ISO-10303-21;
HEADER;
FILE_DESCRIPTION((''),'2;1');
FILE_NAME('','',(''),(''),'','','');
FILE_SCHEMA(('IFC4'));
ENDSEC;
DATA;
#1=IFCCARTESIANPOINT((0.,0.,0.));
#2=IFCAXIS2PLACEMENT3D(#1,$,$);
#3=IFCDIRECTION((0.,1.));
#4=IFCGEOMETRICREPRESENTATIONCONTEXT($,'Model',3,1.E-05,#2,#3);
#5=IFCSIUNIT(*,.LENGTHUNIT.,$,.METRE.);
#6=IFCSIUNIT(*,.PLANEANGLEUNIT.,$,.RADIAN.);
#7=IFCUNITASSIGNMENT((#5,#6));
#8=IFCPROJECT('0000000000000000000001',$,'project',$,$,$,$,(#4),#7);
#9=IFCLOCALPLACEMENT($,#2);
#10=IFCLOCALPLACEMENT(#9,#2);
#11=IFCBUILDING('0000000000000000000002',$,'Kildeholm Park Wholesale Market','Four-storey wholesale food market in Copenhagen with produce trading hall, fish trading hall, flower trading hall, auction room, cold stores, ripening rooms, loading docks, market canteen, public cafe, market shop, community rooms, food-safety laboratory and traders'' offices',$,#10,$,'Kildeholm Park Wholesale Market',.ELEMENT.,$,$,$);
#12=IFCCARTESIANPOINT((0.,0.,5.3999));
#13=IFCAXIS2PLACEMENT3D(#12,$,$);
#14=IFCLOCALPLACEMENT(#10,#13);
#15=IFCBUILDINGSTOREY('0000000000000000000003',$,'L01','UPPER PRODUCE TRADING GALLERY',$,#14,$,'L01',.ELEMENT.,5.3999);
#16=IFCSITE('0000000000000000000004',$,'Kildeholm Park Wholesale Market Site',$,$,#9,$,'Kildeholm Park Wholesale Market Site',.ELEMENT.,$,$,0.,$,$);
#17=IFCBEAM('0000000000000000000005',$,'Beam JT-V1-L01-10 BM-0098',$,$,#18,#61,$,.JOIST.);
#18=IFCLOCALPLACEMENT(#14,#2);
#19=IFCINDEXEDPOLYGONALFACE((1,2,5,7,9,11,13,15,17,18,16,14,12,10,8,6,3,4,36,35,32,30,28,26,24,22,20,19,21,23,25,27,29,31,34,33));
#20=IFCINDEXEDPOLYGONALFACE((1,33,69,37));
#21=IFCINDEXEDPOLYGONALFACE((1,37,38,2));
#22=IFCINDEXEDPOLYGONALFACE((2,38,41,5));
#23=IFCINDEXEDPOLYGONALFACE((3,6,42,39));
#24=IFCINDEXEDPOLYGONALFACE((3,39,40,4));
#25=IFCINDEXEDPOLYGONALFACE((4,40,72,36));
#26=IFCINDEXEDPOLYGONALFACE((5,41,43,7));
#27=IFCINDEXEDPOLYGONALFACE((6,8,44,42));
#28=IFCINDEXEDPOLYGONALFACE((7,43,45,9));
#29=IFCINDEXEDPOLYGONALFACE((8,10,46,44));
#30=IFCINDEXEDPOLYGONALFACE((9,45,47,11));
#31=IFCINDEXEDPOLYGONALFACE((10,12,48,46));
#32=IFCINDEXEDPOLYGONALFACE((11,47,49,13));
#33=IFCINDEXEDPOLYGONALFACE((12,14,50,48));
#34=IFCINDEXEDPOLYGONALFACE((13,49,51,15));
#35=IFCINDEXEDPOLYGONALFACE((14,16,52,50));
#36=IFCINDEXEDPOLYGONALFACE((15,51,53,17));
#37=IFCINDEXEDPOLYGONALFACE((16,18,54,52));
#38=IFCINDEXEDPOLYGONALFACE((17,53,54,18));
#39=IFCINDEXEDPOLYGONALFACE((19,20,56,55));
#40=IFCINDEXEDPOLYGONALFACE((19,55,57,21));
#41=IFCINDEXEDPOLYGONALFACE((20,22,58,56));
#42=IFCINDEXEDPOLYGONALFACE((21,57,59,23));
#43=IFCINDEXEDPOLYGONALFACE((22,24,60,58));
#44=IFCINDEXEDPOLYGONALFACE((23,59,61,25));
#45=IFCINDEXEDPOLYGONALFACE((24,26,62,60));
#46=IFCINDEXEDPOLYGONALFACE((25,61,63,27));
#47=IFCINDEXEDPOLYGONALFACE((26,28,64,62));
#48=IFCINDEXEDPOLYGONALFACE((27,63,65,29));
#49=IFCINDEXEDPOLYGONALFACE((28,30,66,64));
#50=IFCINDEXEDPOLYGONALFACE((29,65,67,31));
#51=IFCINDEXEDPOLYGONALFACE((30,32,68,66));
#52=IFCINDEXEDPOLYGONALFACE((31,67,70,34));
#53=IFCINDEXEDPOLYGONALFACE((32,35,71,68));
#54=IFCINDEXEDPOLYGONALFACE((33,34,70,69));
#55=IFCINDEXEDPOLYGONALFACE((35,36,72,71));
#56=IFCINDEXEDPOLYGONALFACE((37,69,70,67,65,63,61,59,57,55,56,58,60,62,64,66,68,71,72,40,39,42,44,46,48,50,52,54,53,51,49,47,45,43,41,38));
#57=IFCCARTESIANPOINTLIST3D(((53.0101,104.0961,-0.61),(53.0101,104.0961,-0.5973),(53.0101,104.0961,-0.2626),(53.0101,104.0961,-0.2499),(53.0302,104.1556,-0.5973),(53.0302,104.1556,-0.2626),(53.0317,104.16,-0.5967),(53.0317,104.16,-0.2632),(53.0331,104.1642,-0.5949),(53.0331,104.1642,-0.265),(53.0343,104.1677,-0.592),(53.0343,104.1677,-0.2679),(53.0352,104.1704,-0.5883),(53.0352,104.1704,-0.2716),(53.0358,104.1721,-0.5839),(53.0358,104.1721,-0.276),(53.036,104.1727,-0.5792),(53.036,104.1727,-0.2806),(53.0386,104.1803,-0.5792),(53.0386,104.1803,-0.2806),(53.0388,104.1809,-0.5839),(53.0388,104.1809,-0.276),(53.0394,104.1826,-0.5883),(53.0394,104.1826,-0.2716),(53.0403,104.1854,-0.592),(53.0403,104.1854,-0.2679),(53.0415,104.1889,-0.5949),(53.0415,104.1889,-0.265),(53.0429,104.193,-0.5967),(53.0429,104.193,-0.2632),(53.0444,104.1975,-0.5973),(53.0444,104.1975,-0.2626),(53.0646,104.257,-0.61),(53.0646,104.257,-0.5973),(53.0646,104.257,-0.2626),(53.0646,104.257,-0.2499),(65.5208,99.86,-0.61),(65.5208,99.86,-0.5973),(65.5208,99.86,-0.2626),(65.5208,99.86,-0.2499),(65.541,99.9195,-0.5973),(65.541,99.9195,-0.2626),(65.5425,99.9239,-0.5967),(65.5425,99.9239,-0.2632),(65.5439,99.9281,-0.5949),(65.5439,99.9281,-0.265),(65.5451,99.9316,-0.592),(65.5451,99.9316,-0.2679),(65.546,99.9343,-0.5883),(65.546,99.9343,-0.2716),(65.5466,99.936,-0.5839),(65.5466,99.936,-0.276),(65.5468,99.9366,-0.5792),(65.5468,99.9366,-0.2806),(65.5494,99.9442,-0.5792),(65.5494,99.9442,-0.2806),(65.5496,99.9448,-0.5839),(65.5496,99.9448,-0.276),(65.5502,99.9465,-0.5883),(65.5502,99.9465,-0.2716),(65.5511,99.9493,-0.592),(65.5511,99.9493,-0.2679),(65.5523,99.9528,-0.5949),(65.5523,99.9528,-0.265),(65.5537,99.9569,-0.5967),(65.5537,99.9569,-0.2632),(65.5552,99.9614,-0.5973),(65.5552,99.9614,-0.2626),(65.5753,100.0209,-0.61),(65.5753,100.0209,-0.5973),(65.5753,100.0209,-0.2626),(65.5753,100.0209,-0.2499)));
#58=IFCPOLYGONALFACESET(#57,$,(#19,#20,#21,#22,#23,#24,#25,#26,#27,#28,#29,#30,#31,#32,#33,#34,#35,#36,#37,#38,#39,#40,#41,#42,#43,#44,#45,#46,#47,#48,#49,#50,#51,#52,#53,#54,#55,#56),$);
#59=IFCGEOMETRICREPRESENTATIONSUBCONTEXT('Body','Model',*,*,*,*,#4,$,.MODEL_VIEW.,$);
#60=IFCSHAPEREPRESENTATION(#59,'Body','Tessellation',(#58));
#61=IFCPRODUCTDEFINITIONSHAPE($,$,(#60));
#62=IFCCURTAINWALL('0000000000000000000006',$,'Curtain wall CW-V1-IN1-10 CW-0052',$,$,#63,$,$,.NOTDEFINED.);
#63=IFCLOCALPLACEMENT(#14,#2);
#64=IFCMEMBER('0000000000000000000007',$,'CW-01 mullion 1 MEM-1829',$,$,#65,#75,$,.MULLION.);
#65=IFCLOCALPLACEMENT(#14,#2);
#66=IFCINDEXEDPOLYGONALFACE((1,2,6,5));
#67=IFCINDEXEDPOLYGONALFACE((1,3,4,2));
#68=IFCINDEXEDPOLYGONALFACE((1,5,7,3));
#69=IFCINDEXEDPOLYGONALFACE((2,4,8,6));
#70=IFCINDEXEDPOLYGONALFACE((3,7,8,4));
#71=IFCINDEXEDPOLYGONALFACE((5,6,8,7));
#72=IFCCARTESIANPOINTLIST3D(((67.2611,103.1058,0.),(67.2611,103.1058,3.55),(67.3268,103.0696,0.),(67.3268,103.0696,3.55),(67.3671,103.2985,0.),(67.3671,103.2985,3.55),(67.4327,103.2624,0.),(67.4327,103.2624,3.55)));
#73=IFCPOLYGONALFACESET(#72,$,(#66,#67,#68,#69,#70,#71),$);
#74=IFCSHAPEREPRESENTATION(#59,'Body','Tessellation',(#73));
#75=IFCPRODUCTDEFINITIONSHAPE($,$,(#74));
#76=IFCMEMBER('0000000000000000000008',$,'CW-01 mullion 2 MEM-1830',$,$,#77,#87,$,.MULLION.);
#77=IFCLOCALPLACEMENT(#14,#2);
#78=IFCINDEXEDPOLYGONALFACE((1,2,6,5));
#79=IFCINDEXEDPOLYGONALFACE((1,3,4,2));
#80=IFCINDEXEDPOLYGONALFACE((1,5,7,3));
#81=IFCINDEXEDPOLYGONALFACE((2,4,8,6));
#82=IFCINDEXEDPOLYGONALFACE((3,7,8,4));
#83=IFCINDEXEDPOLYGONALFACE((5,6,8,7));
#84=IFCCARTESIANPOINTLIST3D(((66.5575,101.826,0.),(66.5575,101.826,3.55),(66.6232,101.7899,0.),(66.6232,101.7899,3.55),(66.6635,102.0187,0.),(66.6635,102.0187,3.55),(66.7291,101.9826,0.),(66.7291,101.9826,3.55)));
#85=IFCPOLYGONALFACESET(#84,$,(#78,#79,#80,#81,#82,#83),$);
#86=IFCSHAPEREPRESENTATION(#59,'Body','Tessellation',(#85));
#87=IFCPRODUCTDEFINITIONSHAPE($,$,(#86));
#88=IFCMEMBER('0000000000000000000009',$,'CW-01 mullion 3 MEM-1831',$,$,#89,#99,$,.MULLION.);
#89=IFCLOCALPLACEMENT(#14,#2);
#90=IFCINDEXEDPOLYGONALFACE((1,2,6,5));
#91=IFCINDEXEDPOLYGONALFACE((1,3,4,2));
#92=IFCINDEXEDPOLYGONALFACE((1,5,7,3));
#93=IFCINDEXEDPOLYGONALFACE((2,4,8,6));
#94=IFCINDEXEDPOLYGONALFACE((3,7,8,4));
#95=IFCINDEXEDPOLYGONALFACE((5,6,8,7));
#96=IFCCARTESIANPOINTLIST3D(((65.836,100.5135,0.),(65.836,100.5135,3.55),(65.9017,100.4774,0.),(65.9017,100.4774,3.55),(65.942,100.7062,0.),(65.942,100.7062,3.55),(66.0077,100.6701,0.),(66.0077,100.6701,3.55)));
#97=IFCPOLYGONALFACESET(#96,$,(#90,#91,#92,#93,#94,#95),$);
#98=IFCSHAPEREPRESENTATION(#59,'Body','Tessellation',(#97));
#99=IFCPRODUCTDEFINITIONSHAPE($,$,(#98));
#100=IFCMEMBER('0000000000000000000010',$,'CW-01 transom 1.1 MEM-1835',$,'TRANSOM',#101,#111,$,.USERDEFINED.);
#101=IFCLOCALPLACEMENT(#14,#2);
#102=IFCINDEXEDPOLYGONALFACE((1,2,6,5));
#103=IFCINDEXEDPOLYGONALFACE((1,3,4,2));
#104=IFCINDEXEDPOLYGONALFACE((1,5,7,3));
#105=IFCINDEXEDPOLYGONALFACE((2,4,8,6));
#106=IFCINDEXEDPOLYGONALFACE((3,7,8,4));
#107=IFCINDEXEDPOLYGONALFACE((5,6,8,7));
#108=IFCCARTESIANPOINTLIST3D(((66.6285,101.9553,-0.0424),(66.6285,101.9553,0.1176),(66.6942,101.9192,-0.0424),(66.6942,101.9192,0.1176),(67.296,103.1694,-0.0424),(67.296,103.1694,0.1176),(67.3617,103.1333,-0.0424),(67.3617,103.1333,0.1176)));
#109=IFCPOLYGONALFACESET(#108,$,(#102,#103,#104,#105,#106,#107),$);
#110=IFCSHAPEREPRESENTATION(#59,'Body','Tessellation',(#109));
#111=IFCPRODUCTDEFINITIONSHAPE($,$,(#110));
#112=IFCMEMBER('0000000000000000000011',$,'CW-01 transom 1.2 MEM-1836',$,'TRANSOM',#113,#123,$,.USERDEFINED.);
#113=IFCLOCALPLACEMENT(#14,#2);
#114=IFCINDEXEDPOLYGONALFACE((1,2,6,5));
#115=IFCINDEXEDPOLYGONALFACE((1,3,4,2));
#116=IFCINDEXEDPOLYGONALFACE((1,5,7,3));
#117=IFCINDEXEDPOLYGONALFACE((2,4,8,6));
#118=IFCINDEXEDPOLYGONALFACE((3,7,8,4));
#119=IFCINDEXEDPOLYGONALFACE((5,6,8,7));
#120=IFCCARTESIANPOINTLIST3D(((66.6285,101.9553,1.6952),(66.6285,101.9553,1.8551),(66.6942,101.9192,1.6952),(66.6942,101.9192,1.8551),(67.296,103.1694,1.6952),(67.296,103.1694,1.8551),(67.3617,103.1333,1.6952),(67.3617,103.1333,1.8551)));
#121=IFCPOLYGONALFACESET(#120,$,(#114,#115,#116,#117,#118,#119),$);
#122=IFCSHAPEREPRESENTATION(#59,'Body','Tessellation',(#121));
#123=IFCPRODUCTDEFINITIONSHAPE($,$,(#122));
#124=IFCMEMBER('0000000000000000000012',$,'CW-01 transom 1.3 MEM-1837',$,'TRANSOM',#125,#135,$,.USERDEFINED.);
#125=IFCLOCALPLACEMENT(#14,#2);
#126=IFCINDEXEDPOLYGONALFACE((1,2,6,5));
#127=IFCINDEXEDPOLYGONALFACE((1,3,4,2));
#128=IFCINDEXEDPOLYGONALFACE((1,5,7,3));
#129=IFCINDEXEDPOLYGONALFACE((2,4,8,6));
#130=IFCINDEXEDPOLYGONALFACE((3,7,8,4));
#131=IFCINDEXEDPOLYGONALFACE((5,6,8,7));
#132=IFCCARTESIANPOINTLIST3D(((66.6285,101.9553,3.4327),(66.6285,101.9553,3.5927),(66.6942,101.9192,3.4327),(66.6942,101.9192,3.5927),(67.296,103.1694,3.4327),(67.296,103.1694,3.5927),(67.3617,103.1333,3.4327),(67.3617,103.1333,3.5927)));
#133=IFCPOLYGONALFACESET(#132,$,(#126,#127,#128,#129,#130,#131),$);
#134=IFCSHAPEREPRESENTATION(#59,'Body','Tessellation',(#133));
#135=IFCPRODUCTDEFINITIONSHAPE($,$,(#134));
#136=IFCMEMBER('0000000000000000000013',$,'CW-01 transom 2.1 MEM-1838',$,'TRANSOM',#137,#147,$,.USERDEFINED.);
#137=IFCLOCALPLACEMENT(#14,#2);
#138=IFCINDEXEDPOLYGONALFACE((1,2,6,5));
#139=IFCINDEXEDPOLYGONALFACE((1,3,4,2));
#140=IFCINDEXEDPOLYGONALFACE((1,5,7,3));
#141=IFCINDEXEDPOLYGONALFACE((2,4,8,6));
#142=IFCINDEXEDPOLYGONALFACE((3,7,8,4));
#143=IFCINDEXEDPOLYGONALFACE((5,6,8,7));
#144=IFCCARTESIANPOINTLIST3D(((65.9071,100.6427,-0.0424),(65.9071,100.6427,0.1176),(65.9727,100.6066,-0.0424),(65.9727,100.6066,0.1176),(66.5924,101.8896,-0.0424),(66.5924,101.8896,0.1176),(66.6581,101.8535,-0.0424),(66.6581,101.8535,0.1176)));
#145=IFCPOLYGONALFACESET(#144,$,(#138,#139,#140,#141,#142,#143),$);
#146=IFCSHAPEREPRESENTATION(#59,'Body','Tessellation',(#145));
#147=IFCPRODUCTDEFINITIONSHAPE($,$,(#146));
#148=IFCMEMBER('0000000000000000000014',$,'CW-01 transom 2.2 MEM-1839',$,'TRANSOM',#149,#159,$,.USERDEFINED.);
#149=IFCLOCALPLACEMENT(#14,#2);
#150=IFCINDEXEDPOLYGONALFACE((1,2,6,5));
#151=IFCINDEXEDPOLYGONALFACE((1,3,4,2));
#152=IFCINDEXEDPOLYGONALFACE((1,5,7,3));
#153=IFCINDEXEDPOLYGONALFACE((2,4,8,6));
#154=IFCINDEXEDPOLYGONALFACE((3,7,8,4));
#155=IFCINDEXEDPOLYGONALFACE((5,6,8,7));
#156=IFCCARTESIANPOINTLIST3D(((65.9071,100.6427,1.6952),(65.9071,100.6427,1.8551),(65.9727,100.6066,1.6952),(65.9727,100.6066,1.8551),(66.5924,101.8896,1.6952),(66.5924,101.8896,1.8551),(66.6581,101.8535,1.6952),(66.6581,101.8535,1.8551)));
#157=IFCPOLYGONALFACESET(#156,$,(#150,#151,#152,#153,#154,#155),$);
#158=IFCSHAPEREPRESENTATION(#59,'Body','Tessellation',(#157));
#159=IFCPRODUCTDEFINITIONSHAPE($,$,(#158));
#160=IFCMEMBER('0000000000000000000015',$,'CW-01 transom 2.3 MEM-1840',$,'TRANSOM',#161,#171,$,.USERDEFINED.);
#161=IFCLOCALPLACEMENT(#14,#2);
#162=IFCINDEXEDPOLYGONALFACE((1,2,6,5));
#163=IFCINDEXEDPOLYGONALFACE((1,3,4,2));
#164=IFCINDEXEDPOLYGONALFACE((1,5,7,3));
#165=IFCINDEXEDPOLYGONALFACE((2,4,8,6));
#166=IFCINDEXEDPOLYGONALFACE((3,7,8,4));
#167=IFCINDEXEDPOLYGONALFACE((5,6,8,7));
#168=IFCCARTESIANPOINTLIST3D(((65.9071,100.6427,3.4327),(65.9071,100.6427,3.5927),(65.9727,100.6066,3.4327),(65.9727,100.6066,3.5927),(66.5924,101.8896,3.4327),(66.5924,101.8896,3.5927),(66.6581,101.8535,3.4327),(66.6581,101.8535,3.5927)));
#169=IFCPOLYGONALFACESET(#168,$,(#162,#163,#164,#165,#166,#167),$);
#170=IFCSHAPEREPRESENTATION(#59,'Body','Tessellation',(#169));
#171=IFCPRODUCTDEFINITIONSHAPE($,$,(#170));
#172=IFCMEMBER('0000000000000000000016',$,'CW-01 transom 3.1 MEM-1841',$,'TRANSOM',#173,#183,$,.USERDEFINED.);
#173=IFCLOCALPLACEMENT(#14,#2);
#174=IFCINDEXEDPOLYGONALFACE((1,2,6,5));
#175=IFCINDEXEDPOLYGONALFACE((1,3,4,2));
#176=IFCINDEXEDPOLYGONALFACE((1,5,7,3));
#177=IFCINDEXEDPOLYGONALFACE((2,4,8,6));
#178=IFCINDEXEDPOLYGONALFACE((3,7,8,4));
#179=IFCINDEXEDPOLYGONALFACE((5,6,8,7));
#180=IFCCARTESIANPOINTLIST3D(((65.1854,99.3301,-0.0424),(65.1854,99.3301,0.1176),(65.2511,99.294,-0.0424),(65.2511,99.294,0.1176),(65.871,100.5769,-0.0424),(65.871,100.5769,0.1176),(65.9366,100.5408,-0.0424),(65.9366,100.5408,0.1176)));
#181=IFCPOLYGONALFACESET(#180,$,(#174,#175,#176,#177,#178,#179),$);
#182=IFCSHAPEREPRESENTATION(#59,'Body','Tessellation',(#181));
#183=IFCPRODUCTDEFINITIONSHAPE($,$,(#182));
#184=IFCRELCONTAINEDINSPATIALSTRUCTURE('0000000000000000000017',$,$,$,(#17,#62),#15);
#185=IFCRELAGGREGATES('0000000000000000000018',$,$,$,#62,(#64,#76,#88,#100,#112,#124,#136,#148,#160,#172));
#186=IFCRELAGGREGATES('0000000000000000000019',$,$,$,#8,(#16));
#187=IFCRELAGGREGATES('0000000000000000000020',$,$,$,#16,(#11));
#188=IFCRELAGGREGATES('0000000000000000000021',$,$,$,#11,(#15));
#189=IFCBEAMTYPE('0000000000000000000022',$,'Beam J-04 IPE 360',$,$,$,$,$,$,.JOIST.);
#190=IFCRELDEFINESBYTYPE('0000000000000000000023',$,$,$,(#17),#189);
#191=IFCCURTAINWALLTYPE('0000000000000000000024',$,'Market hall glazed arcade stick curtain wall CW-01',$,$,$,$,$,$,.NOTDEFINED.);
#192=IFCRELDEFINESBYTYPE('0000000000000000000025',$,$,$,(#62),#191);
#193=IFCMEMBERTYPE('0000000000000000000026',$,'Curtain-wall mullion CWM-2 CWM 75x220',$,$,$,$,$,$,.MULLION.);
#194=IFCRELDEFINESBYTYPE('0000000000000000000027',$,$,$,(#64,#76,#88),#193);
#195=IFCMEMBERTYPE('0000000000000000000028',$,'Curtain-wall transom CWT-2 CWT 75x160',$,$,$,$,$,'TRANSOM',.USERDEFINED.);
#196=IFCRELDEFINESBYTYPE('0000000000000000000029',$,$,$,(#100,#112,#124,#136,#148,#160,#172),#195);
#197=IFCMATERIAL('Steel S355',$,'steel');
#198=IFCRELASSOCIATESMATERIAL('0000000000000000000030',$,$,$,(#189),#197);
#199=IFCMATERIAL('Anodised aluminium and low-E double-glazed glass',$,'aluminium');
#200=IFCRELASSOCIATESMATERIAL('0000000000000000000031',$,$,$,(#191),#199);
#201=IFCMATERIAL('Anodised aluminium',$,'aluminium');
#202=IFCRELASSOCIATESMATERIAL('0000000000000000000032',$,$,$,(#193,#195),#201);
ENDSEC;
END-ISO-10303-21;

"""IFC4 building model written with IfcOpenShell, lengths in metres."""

from ifc_helpers import new_model, si_unit, direction, frame, origin, origin_2d, place, context, subcontext, project, spatial, rectangle, i_section, extrude, material, material_profile, profile_set, type_object, element, aggregate, save


model = new_model("IFC4")

# Units and contexts
model_context = context("Model", 3, precision=1e-05, world=origin(), true_north=direction((0.0, 1.0)))
body_context = subcontext(model_context, "Body", "Model", "MODEL_VIEW")
ifc_project = project(units=[si_unit("LENGTHUNIT", "METRE"), si_unit("PLANEANGLEUNIT", "RADIAN")], contexts=[model_context])

# Site, building, storey
site_placement = place(None, origin())
site = spatial("IfcSite", under=ifc_project, at=site_placement, Name="Kildeholm Park Wholesale Market Site", LongName="Kildeholm Park Wholesale Market Site", CompositionType="ELEMENT", RefElevation=0.0)
building_placement = place(site_placement, origin())
building = spatial("IfcBuilding", under=site, at=building_placement, Name="Kildeholm Park Wholesale Market", Description="Four-storey wholesale food market in Copenhagen with produce trading hall, fish trading hall, flower trading hall, auction room, cold stores, ripening rooms, loading docks, market canteen, public cafe, market shop, community rooms, food-safety laboratory and traders' offices", LongName="Kildeholm Park Wholesale Market", CompositionType="ELEMENT")
storey_placement = place(building_placement, frame((0.0, 0.0, 5.3999)))
storey = spatial("IfcBuildingStorey", under=building, at=storey_placement, Name="L01", Description="UPPER PRODUCE TRADING GALLERY", LongName="L01", CompositionType="ELEMENT", Elevation=5.3999)

# Beam
ifc_material_1 = material(Name="Steel S355", Category="steel")
ifc_material_profile_1 = material_profile(ifc_material_1, i_section(OverallWidth=0.1699, OverallDepth=0.3601, WebThickness=0.0081, FlangeThickness=0.0127, FilletRadius=0.0181, at=origin_2d()), Name="IPE 360")
ifc_profile_set_1 = profile_set([ifc_material_profile_1], Name="Steel S355")
beam_type = type_object("IfcBeamType", Name="Beam J-04 IPE 360", PredefinedType="JOIST", material=ifc_profile_set_1)
beam_placement = place(storey_placement, frame((65.5481, 99.9404, -0.4299), z_axis=(-0.947177, 0.32071, 0.0), x_axis=(-0.32071, -0.947177, 0.0)))
element("IfcBeam", 1, at=beam_placement, inside=storey, type_object=beam_type, Name="Beam JT-V1-L01-10 BM-0098", PredefinedType="JOIST", context=body_context, shape_type="SweptSolid", body=[
    extrude(i_section(OverallWidth=0.1699, OverallDepth=0.3601, WebThickness=0.0081, FlangeThickness=0.0127, FilletRadius=0.0181, at=origin_2d()), origin(), (0.0, 0.0, 1.0), 13.2085),
])

# Curtain wall, members
ifc_material_2 = material(Name="Anodised aluminium and low-E double-glazed glass", Category="aluminium")
curtain_wall_type = type_object("IfcCurtainWallType", Name="Market hall glazed arcade stick curtain wall CW-01", PredefinedType="NOTDEFINED", material=ifc_material_2)
curtain_wall_placement = place(storey_placement, origin())
curtain_wall = element("IfcCurtainWall", 2, at=curtain_wall_placement, inside=storey, type_object=curtain_wall_type, Name="Curtain wall CW-V1-IN1-10 CW-0052", PredefinedType="NOTDEFINED")
ifc_material_3 = material(Name="Anodised aluminium", Category="aluminium")
ifc_material_profile_2 = material_profile(ifc_material_3, rectangle(XDim=0.075, YDim=0.22, at=origin_2d()), Name="CWM 75x220")
ifc_profile_set_2 = profile_set([ifc_material_profile_2], Name="Anodised aluminium")
member_type_1 = type_object("IfcMemberType", Name="Curtain-wall mullion CWM-2 CWM 75x220", PredefinedType="MULLION", material=ifc_profile_set_2)
member_1_placement = place(storey_placement, frame((67.3469, 103.1841, 0.0), z_axis=(0.0, 0.0, 1.0), x_axis=(0.876309, -0.48175, 0.0)))
member_1 = element("IfcMember", 3, at=member_1_placement, type_object=member_type_1, Name="CW-01 mullion 1 MEM-1829", PredefinedType="MULLION", context=body_context, shape_type="SweptSolid", body=[
    extrude(rectangle(XDim=0.075, YDim=0.22, at=origin_2d()), origin(), (0.0, 0.0, 1.0), 3.55),
])
member_2_placement = place(storey_placement, frame((66.6433, 101.9043, 0.0), z_axis=(0.0, 0.0, 1.0), x_axis=(0.876309, -0.48175, 0.0)))
member_2 = element("IfcMember", 4, at=member_2_placement, type_object=member_type_1, Name="CW-01 mullion 2 MEM-1830", PredefinedType="MULLION", context=body_context, shape_type="SweptSolid", body=[
    extrude(rectangle(XDim=0.075, YDim=0.22, at=origin_2d()), origin(), (0.0, 0.0, 1.0), 3.55),
])
member_3_placement = place(storey_placement, frame((65.9219, 100.5918, 0.0), z_axis=(0.0, 0.0, 1.0), x_axis=(0.876309, -0.48175, 0.0)))
member_3 = element("IfcMember", 5, at=member_3_placement, type_object=member_type_1, Name="CW-01 mullion 3 MEM-1831", PredefinedType="MULLION", context=body_context, shape_type="SweptSolid", body=[
    extrude(rectangle(XDim=0.075, YDim=0.22, at=origin_2d()), origin(), (0.0, 0.0, 1.0), 3.55),
])
ifc_material_profile_3 = material_profile(ifc_material_3, rectangle(XDim=0.075, YDim=0.1599, at=origin_2d()), Name="CWT 75x160")
ifc_profile_set_3 = profile_set([ifc_material_profile_3], Name="Anodised aluminium")
member_type_2 = type_object("IfcMemberType", Name="Curtain-wall transom CWT-2 CWT 75x160", ElementType="TRANSOM", PredefinedType="USERDEFINED", material=ifc_profile_set_3)
member_4_placement = place(storey_placement, frame((67.3289, 103.1514, 0.0376), z_axis=(-0.481763, -0.876301, 0.0), x_axis=(0.876301, -0.481763, 0.0)))
member_4 = element("IfcMember", 6, at=member_4_placement, type_object=member_type_2, Name="CW-01 transom 1.1 MEM-1835", ObjectType="TRANSOM", PredefinedType="USERDEFINED", context=body_context, shape_type="SweptSolid", body=[
    extrude(rectangle(XDim=0.075, YDim=0.1599, at=origin_2d()), origin(), (0.0, 0.0, 1.0), 1.3855),
])
member_5_placement = place(storey_placement, frame((67.3289, 103.1514, 1.7751), z_axis=(-0.481763, -0.876301, 0.0), x_axis=(0.876301, -0.481763, 0.0)))
member_5 = element("IfcMember", 7, at=member_5_placement, type_object=member_type_2, Name="CW-01 transom 1.2 MEM-1836", ObjectType="TRANSOM", PredefinedType="USERDEFINED", context=body_context, shape_type="SweptSolid", body=[
    extrude(rectangle(XDim=0.075, YDim=0.1599, at=origin_2d()), origin(), (0.0, 0.0, 1.0), 1.3855),
])
member_6_placement = place(storey_placement, frame((67.3289, 103.1514, 3.5127), z_axis=(-0.481763, -0.876301, 0.0), x_axis=(0.876301, -0.481763, 0.0)))
member_6 = element("IfcMember", 8, at=member_6_placement, type_object=member_type_2, Name="CW-01 transom 1.3 MEM-1837", ObjectType="TRANSOM", PredefinedType="USERDEFINED", context=body_context, shape_type="SweptSolid", body=[
    extrude(rectangle(XDim=0.075, YDim=0.1599, at=origin_2d()), origin(), (0.0, 0.0, 1.0), 1.3855),
])
member_7_placement = place(storey_placement, frame((66.6252, 101.8716, 0.0376), z_axis=(-0.481675, -0.87635, 0.0), x_axis=(0.87635, -0.481675, 0.0)))
member_7 = element("IfcMember", 9, at=member_7_placement, type_object=member_type_2, Name="CW-01 transom 2.1 MEM-1838", ObjectType="TRANSOM", PredefinedType="USERDEFINED", context=body_context, shape_type="SweptSolid", body=[
    extrude(rectangle(XDim=0.075, YDim=0.1599, at=origin_2d()), origin(), (0.0, 0.0, 1.0), 1.4229),
])
member_8_placement = place(storey_placement, frame((66.6252, 101.8716, 1.7751), z_axis=(-0.481675, -0.87635, 0.0), x_axis=(0.87635, -0.481675, 0.0)))
member_8 = element("IfcMember", 10, at=member_8_placement, type_object=member_type_2, Name="CW-01 transom 2.2 MEM-1839", ObjectType="TRANSOM", PredefinedType="USERDEFINED", context=body_context, shape_type="SweptSolid", body=[
    extrude(rectangle(XDim=0.075, YDim=0.1599, at=origin_2d()), origin(), (0.0, 0.0, 1.0), 1.4229),
])
member_9_placement = place(storey_placement, frame((66.6252, 101.8716, 3.5127), z_axis=(-0.481675, -0.87635, 0.0), x_axis=(0.87635, -0.481675, 0.0)))
member_9 = element("IfcMember", 11, at=member_9_placement, type_object=member_type_2, Name="CW-01 transom 2.3 MEM-1840", ObjectType="TRANSOM", PredefinedType="USERDEFINED", context=body_context, shape_type="SweptSolid", body=[
    extrude(rectangle(XDim=0.075, YDim=0.1599, at=origin_2d()), origin(), (0.0, 0.0, 1.0), 1.4229),
])
member_10_placement = place(storey_placement, frame((65.9038, 100.5588, 0.0376), z_axis=(-0.481807, -0.876277, 0.0), x_axis=(0.876277, -0.481807, 0.0)))
member_10 = element("IfcMember", 12, at=member_10_placement, type_object=member_type_2, Name="CW-01 transom 3.1 MEM-1841", ObjectType="TRANSOM", PredefinedType="USERDEFINED", context=body_context, shape_type="SweptSolid", body=[
    extrude(rectangle(XDim=0.075, YDim=0.1599, at=origin_2d()), origin(), (0.0, 0.0, 1.0), 1.4229),
])
aggregate(curtain_wall, [member_1, member_2, member_3, member_4, member_5, member_6, member_7, member_8, member_9, member_10])

save(model, "model.ifc")
